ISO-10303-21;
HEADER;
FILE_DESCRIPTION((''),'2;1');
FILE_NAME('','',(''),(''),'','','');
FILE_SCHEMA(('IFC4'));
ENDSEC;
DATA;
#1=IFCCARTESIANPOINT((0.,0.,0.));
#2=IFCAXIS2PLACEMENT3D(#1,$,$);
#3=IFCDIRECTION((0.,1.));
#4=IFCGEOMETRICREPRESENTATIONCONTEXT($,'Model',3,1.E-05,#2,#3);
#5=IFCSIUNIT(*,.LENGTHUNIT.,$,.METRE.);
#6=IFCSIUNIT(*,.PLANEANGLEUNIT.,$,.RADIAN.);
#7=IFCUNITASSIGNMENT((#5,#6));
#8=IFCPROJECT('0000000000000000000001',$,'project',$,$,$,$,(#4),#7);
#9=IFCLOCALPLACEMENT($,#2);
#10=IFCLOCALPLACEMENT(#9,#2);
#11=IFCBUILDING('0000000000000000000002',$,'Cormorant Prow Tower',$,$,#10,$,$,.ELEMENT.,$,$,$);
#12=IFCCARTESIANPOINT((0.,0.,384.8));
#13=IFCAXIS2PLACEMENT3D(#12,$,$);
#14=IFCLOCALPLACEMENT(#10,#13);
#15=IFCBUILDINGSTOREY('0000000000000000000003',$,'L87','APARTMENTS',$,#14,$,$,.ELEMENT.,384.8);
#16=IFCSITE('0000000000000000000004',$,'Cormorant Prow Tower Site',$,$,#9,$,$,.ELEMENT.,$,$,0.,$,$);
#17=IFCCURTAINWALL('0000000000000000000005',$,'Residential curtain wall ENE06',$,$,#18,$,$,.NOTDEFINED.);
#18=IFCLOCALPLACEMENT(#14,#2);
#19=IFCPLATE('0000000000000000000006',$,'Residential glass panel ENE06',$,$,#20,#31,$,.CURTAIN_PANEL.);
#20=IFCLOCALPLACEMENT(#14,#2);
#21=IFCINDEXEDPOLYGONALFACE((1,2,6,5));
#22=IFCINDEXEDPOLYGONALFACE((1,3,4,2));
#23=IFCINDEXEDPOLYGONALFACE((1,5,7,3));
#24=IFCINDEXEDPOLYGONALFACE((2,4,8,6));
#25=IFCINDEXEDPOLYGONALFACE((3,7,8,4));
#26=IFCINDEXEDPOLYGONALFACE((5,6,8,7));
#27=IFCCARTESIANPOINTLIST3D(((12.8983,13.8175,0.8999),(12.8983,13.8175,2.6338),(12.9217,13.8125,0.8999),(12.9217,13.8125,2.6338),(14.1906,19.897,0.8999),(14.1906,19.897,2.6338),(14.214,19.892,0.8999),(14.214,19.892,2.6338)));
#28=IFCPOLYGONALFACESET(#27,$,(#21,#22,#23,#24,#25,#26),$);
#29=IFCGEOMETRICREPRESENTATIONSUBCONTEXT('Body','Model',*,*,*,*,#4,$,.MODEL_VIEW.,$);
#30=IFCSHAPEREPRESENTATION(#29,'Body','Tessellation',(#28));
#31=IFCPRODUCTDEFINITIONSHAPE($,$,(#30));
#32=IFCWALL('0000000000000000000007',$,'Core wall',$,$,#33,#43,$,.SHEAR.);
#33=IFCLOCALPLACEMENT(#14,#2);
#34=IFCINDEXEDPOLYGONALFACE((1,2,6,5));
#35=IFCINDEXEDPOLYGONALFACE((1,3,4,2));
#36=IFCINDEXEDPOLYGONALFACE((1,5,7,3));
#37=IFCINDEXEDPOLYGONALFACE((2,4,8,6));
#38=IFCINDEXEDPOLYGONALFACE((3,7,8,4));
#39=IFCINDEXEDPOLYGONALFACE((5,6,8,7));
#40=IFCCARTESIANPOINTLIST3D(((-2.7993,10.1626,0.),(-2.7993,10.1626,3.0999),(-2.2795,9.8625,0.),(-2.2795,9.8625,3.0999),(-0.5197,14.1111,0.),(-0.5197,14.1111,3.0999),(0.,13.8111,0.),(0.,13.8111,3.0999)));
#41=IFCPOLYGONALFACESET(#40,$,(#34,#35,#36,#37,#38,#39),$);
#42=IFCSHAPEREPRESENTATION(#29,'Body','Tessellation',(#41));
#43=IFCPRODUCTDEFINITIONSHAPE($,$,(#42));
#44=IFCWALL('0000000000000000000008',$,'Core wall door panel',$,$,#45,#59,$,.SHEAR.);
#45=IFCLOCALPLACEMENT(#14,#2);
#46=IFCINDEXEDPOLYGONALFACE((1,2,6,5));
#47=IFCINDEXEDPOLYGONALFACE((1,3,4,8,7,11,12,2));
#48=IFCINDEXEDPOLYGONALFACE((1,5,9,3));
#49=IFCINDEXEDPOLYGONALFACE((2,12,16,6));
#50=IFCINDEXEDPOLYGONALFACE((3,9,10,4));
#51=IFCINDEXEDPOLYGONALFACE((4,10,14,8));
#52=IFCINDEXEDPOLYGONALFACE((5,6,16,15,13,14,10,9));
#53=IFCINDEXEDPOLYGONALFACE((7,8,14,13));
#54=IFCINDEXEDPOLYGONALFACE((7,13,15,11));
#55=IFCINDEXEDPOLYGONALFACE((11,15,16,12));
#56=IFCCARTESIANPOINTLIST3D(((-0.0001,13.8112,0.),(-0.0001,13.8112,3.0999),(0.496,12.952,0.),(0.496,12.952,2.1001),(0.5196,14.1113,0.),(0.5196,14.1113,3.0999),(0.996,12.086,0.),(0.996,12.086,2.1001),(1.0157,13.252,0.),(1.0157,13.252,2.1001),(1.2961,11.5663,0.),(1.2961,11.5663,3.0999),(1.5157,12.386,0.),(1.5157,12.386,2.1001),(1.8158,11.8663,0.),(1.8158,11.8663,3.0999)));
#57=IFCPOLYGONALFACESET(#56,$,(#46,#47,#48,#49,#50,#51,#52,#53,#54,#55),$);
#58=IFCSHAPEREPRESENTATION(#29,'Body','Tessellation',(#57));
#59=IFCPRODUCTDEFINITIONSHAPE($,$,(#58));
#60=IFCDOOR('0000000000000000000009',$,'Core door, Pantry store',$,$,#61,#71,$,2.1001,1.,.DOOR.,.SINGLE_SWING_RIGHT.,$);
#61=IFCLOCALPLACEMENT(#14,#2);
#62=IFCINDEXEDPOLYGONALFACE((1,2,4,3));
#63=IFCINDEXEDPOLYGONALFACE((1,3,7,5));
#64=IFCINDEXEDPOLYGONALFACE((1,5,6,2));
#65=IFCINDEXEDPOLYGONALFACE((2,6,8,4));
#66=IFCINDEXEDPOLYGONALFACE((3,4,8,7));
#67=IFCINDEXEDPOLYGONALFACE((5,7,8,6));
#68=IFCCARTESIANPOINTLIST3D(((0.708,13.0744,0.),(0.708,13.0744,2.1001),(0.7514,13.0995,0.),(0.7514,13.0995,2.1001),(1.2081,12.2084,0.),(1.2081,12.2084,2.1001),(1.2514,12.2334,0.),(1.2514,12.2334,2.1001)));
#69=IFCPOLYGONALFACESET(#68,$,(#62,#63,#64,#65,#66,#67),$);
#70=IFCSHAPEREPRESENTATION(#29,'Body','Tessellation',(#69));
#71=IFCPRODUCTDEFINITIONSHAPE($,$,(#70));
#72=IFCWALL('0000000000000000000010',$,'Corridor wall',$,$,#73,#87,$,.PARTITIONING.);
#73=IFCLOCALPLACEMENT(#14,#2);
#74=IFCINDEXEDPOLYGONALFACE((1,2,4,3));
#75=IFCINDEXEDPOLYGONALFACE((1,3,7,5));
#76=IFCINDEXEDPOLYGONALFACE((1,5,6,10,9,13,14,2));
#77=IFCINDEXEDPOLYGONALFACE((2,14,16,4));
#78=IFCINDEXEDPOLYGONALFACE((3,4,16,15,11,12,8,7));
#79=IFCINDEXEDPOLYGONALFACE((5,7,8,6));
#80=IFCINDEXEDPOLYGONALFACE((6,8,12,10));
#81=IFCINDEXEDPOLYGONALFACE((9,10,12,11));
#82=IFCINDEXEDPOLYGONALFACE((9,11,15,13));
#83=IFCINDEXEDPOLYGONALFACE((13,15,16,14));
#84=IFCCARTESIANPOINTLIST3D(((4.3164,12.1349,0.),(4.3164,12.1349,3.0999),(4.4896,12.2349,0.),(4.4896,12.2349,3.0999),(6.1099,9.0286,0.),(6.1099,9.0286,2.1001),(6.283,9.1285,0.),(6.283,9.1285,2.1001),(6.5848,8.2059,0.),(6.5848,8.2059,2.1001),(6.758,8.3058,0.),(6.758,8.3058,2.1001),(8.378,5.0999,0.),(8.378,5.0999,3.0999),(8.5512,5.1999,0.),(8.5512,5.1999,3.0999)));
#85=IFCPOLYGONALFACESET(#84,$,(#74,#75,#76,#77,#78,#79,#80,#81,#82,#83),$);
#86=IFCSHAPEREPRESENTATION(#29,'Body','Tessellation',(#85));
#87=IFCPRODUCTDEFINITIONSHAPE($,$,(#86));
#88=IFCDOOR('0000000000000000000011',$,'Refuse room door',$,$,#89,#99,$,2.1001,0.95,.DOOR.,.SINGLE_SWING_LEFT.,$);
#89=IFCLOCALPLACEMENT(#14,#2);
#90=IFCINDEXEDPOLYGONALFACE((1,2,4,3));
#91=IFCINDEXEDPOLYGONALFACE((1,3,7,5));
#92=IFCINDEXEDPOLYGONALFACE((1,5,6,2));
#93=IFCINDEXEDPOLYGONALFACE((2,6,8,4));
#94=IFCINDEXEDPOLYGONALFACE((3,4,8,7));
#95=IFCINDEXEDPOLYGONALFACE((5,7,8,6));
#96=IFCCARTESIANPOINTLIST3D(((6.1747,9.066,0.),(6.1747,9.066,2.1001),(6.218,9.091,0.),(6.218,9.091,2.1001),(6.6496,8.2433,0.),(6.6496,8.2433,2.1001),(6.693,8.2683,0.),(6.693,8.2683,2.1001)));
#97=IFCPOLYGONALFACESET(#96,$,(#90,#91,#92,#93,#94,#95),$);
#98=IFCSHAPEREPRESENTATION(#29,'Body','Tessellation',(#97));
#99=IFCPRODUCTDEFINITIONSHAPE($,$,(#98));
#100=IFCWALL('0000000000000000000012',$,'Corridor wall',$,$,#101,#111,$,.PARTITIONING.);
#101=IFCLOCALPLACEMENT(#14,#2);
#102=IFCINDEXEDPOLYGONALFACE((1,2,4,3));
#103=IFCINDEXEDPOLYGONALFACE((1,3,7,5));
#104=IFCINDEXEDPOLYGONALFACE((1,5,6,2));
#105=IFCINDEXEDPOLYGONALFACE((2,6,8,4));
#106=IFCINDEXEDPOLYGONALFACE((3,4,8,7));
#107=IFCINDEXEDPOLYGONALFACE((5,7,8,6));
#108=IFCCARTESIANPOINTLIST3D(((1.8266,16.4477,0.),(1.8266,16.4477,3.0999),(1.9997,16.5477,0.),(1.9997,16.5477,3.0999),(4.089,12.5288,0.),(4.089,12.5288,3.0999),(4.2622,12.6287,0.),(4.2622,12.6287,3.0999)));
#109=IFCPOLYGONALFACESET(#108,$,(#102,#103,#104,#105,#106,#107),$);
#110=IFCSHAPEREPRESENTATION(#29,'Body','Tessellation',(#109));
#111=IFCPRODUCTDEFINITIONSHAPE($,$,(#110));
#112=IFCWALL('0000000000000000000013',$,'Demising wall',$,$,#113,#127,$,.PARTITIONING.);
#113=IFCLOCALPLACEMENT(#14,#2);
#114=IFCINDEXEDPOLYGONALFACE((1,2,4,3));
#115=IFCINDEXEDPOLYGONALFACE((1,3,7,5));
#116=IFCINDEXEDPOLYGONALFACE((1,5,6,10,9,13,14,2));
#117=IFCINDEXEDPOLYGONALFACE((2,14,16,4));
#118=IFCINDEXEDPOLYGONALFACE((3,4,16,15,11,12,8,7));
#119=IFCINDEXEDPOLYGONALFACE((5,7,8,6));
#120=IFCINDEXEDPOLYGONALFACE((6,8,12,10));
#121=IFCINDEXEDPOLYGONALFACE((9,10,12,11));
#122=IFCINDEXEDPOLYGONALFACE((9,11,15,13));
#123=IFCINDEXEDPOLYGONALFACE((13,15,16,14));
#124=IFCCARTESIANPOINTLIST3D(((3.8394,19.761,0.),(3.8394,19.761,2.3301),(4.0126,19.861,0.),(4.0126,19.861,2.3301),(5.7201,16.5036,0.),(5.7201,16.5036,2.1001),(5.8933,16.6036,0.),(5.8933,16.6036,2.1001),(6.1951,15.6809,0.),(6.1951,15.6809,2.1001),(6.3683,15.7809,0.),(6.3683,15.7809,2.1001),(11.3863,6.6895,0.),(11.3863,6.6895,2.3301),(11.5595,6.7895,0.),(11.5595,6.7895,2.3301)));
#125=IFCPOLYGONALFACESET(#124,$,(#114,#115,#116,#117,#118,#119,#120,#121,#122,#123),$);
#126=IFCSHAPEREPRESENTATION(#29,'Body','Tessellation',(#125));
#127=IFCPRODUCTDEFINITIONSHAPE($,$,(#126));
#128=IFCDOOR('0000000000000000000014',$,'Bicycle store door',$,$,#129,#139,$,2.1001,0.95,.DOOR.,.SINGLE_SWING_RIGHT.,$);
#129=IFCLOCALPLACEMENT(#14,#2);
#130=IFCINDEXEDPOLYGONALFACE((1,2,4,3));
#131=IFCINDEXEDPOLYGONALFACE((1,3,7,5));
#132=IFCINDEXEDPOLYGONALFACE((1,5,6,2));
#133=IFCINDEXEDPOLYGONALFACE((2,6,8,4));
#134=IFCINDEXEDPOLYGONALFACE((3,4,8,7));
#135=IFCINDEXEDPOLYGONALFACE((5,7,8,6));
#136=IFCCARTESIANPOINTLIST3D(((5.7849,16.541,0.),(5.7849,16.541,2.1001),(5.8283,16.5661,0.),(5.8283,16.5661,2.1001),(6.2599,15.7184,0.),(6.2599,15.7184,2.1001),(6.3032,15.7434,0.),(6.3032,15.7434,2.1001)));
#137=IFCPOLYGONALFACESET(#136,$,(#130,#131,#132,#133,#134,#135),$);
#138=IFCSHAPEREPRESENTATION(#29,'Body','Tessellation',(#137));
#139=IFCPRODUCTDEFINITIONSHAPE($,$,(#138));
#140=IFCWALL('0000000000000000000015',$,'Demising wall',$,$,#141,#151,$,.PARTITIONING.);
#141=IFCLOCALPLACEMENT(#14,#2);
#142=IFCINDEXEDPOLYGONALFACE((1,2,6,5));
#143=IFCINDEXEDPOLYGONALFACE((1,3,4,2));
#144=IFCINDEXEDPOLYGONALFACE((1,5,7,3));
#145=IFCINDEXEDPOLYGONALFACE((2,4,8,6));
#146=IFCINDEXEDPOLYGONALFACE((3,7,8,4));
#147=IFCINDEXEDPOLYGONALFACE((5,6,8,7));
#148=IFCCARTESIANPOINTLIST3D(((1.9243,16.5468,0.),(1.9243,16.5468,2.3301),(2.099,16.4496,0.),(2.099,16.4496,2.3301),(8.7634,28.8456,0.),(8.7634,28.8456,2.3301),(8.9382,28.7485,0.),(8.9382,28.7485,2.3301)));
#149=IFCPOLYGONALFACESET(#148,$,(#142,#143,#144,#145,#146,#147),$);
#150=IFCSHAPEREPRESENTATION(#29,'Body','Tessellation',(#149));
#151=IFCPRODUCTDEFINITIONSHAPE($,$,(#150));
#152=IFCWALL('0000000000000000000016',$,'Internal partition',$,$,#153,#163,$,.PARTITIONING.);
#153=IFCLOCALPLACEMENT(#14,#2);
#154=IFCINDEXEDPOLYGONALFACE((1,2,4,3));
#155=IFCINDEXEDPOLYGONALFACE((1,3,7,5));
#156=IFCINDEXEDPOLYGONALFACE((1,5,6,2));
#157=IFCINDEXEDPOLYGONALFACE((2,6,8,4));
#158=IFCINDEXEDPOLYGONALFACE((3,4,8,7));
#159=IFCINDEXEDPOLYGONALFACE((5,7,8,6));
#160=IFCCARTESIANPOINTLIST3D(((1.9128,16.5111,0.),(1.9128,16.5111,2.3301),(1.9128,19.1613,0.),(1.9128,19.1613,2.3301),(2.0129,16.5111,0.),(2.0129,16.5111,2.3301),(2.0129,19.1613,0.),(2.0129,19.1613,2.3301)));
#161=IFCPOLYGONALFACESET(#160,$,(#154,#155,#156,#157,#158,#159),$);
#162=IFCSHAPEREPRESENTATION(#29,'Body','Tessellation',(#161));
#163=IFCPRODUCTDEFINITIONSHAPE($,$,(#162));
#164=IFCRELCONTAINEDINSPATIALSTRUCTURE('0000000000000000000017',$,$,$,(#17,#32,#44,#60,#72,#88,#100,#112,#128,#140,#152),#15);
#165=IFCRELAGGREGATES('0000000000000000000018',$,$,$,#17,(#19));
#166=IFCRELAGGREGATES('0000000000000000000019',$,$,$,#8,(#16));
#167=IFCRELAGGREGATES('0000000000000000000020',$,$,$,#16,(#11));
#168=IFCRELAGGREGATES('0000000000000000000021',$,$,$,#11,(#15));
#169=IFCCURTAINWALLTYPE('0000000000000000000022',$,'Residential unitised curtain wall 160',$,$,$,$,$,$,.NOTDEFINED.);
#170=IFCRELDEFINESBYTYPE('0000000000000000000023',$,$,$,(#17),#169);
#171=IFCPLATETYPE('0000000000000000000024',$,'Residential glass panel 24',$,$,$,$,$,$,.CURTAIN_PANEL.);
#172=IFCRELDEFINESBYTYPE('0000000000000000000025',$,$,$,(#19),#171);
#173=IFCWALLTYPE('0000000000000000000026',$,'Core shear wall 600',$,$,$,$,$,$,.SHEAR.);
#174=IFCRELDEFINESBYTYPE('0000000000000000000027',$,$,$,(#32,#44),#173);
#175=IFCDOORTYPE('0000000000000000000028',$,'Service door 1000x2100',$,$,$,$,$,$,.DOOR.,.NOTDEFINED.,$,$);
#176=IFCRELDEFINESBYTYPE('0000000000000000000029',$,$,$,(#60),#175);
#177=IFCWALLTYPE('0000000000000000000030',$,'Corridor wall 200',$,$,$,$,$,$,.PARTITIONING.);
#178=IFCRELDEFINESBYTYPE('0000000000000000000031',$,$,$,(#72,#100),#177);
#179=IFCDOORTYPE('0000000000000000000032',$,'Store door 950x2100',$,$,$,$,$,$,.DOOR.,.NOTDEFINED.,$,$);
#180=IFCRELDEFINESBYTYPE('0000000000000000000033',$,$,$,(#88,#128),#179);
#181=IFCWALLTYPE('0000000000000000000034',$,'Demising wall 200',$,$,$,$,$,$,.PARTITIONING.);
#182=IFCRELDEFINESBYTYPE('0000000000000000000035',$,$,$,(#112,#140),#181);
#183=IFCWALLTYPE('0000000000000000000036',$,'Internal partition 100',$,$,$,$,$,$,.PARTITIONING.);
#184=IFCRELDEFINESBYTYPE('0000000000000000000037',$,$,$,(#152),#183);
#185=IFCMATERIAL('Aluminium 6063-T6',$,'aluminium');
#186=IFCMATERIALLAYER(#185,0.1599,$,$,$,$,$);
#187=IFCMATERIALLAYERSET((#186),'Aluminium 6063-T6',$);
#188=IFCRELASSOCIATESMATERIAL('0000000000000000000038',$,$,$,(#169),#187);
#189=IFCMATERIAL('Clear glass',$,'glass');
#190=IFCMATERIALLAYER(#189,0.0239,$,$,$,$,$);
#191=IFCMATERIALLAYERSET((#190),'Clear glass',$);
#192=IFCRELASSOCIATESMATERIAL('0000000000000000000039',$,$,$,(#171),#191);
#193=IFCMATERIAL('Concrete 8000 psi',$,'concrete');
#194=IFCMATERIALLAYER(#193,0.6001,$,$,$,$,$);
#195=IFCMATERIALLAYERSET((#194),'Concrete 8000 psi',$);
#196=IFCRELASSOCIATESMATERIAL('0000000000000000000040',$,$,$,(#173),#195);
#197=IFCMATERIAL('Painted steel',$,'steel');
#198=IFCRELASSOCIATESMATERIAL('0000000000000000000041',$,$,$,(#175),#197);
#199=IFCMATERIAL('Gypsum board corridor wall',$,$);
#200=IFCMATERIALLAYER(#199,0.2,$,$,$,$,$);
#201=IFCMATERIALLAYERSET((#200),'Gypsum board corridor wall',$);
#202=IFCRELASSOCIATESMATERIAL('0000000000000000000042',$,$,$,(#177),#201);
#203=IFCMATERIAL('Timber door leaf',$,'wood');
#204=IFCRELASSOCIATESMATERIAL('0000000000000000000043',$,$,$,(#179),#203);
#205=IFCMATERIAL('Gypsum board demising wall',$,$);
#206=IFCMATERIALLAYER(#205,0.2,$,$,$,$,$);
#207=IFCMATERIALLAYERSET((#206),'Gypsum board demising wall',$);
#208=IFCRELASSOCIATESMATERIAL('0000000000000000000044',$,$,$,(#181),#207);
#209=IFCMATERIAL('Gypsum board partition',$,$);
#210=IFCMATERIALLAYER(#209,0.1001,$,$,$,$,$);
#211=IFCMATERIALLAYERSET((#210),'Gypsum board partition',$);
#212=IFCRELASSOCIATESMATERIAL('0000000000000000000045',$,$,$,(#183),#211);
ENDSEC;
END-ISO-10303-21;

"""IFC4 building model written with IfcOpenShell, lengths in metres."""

from ifc_helpers import new_model, si_unit, direction, frame, frame_2d, origin, origin_2d, place, context, subcontext, project, spatial, rectangle, extrude, material, layer, layer_set, type_object, element, fill, aggregate, save


model = new_model("IFC4")

# Units and contexts
model_context = context("Model", 3, precision=1e-05, world=origin(), true_north=direction((0.0, 1.0)))
body_context = subcontext(model_context, "Body", "Model", "MODEL_VIEW")
ifc_project = project(units=[si_unit("LENGTHUNIT", "METRE"), si_unit("PLANEANGLEUNIT", "RADIAN")], contexts=[model_context])

# Site, building, storey
site_placement = place(None, origin())
site = spatial("IfcSite", under=ifc_project, at=site_placement, Name="Cormorant Prow Tower Site", CompositionType="ELEMENT", RefElevation=0.0)
building_placement = place(site_placement, origin())
building = spatial("IfcBuilding", under=site, at=building_placement, Name="Cormorant Prow Tower", CompositionType="ELEMENT")
storey_placement = place(building_placement, frame((0.0, 0.0, 384.8)))
storey = spatial("IfcBuildingStorey", under=building, at=storey_placement, Name="L87", Description="APARTMENTS", CompositionType="ELEMENT", Elevation=384.8)

# Curtain wall
ifc_material_1 = material(Name="Aluminium 6063-T6", Category="aluminium")
ifc_layer_1 = layer(ifc_material_1, 0.1599)
ifc_layer_set_1 = layer_set([ifc_layer_1], Name="Aluminium 6063-T6")
curtain_wall_type = type_object("IfcCurtainWallType", Name="Residential unitised curtain wall 160", PredefinedType="NOTDEFINED", material=ifc_layer_set_1)
curtain_wall_placement = place(storey_placement, origin())
curtain_wall = element("IfcCurtainWall", 1, at=curtain_wall_placement, inside=storey, type_object=curtain_wall_type, Name="Residential curtain wall ENE06", PredefinedType="NOTDEFINED")

# Plate
ifc_material_2 = material(Name="Clear glass", Category="glass")
ifc_layer_2 = layer(ifc_material_2, 0.0239)
ifc_layer_set_2 = layer_set([ifc_layer_2], Name="Clear glass")
plate_type = type_object("IfcPlateType", Name="Residential glass panel 24", PredefinedType="CURTAIN_PANEL", material=ifc_layer_set_2)
plate_placement = place(storey_placement, frame((13.5562, 16.8547, 0.8999), z_axis=(0.0, 0.0, 1.0), x_axis=(0.207912, 0.978148, 0.0)))
plate = element("IfcPlate", 2, at=plate_placement, type_object=plate_type, Name="Residential glass panel ENE06", PredefinedType="CURTAIN_PANEL", context=body_context, shape_type="SweptSolid", body=[
    extrude(rectangle(XDim=6.2153, YDim=0.0239, at=origin_2d()), origin(), (0.0, 0.0, 1.0), 1.7339),
])
aggregate(curtain_wall, [plate])

# Wall
ifc_material_3 = material(Name="Concrete 8000 psi", Category="concrete")
ifc_layer_3 = layer(ifc_material_3, 0.6001)
ifc_layer_set_3 = layer_set([ifc_layer_3], Name="Concrete 8000 psi")
wall_type_1 = type_object("IfcWallType", Name="Core shear wall 600", PredefinedType="SHEAR", material=ifc_layer_set_3)
wall_1_placement = place(storey_placement, frame((-0.2598, 13.9612, 0.0), z_axis=(0.0, 0.0, 1.0), x_axis=(-0.49998, -0.866037, 0.0)))
element("IfcWall", 3, at=wall_1_placement, inside=storey, type_object=wall_type_1, Name="Core wall", PredefinedType="SHEAR", context=body_context, shape_type="SweptSolid", body=[
    extrude(rectangle(XDim=4.5593, YDim=0.6001, at=frame_2d((2.2798, 0.0))), origin(), (0.0, 0.0, 1.0), 3.0999),
])

# Walls, openings, doors
wall_2_placement = place(storey_placement, frame((1.5559, 11.7163, 0.0), z_axis=(0.0, 0.0, 1.0), x_axis=(-0.500019, 0.866015, 0.0)))
wall_2 = element("IfcWall", 4, at=wall_2_placement, inside=storey, type_object=wall_type_1, Name="Core wall door panel", PredefinedType="SHEAR", context=body_context, shape_type="SweptSolid", body=[
    extrude(rectangle(XDim=2.5923, YDim=0.6001, at=frame_2d((1.2961, 0.0))), origin(), (0.0, 0.0, 1.0), 3.0999),
])
opening_1_placement = place(wall_2_placement, frame((0.6001, 0.0, 0.0)))
opening_1 = element("IfcOpeningElement", 5, at=opening_1_placement, cuts=wall_2, PredefinedType="OPENING", context=body_context, shape_type="SweptSolid", body=[
    extrude(rectangle(XDim=1.0, YDim=2.1001, at=frame_2d((0.5, 1.05))), frame((0.0, 0.3101, 0.0), z_axis=(0.0, -1.0, 0.0), x_axis=(1.0, 0.0, 0.0)), (0.0, 0.0, 1.0), 0.6201),
])
ifc_material_4 = material(Name="Painted steel", Category="steel")
door_type_1 = type_object("IfcDoorType", Name="Service door 1000x2100", OperationType="NOTDEFINED", PredefinedType="DOOR", material=ifc_material_4)
door_1_placement = place(opening_1_placement, origin())
door_1 = element("IfcDoor", 6, at=door_1_placement, inside=storey, type_object=door_type_1, Name="Core door, Pantry store", OperationType="SINGLE_SWING_RIGHT", OverallHeight=2.1001, OverallWidth=1.0, PredefinedType="DOOR", context=body_context, shape_type="SweptSolid", body=[
    extrude(rectangle(XDim=1.0, YDim=2.1001, at=frame_2d((0.5, 1.05))), frame((0.0, 0.0552, 0.0), z_axis=(0.0, -1.0, 0.0), x_axis=(1.0, 0.0, 0.0)), (0.0, 0.0, 1.0), 0.05),
])
fill(opening_1, door_1)
ifc_material_5 = material(Name="Gypsum board corridor wall")
ifc_layer_4 = layer(ifc_material_5, 0.2)
ifc_layer_set_4 = layer_set([ifc_layer_4], Name="Gypsum board corridor wall")
wall_type_2 = type_object("IfcWallType", Name="Corridor wall 200", PredefinedType="PARTITIONING", material=ifc_layer_set_4)
wall_3_placement = place(storey_placement, frame((4.4031, 12.1848, 0.0), z_axis=(0.0, 0.0, 1.0), x_axis=(0.499992, -0.86603, 0.0)))
wall_3 = element("IfcWall", 7, at=wall_3_placement, inside=storey, type_object=wall_type_2, Name="Corridor wall", PredefinedType="PARTITIONING", context=body_context, shape_type="SweptSolid", body=[
    extrude(rectangle(XDim=8.1233, YDim=0.2, at=frame_2d((4.0615, 0.0))), origin(), (0.0, 0.0, 1.0), 3.0999),
])
opening_2_placement = place(wall_3_placement, frame((3.5867, 0.0, 0.0)))
opening_2 = element("IfcOpeningElement", 8, at=opening_2_placement, cuts=wall_3, PredefinedType="OPENING", context=body_context, shape_type="SweptSolid", body=[
    extrude(rectangle(XDim=0.95, YDim=2.1001, at=frame_2d((0.4751, 1.05))), frame((0.0, 0.1099, 0.0), z_axis=(0.0, -1.0, 0.0), x_axis=(1.0, 0.0, 0.0)), (0.0, 0.0, 1.0), 0.22),
])
ifc_material_6 = material(Name="Timber door leaf", Category="wood")
door_type_2 = type_object("IfcDoorType", Name="Store door 950x2100", OperationType="NOTDEFINED", PredefinedType="DOOR", material=ifc_material_6)
door_2_placement = place(opening_2_placement, origin())
door_2 = element("IfcDoor", 9, at=door_2_placement, inside=storey, type_object=door_type_2, Name="Refuse room door", OperationType="SINGLE_SWING_LEFT", OverallHeight=2.1001, OverallWidth=0.95, PredefinedType="DOOR", context=body_context, shape_type="SweptSolid", body=[
    extrude(rectangle(XDim=0.95, YDim=2.1001, at=frame_2d((0.4751, 1.05))), frame((0.0, 0.0249, 0.0), z_axis=(0.0, -1.0, 0.0), x_axis=(1.0, 0.0, 0.0)), (0.0, 0.0, 1.0), 0.05),
])
fill(opening_2, door_2)

# Wall
wall_4_placement = place(storey_placement, frame((1.9131, 16.4978, 0.0), z_axis=(0.0, 0.0, 1.0), x_axis=(0.499975, -0.86604, 0.0)))
element("IfcWall", 10, at=wall_4_placement, inside=storey, type_object=wall_type_2, Name="Corridor wall", PredefinedType="PARTITIONING", context=body_context, shape_type="SweptSolid", body=[
    extrude(rectangle(XDim=4.5251, YDim=0.2, at=frame_2d((2.2627, 0.0))), origin(), (0.0, 0.0, 1.0), 3.0999),
])

# Wall, opening, door
ifc_material_7 = material(Name="Gypsum board demising wall")
ifc_layer_5 = layer(ifc_material_7, 0.2)
ifc_layer_set_5 = layer_set([ifc_layer_5], Name="Gypsum board demising wall")
wall_type_3 = type_object("IfcWallType", Name="Demising wall 200", PredefinedType="PARTITIONING", material=ifc_layer_set_5)
wall_5_placement = place(storey_placement, frame((3.926, 19.811, 0.0), z_axis=(0.0, 0.0, 1.0), x_axis=(0.500001, -0.866025, 0.0)))
wall_5 = element("IfcWall", 11, at=wall_5_placement, inside=storey, type_object=wall_type_3, Name="Demising wall", PredefinedType="PARTITIONING", context=body_context, shape_type="SweptSolid", body=[
    extrude(rectangle(XDim=15.0938, YDim=0.2, at=frame_2d((7.5469, 0.0))), origin(), (0.0, 0.0, 1.0), 2.3301),
])
opening_3_placement = place(wall_5_placement, frame((3.7612, 0.0, 0.0)))
opening_3 = element("IfcOpeningElement", 12, at=opening_3_placement, cuts=wall_5, PredefinedType="OPENING", context=body_context, shape_type="SweptSolid", body=[
    extrude(rectangle(XDim=0.95, YDim=2.1001, at=frame_2d((0.4751, 1.05))), frame((0.0, 0.1099, 0.0), z_axis=(0.0, -1.0, 0.0), x_axis=(1.0, 0.0, 0.0)), (0.0, 0.0, 1.0), 0.22),
])
door_3_placement = place(opening_3_placement, origin())
door_3 = element("IfcDoor", 13, at=door_3_placement, inside=storey, type_object=door_type_2, Name="Bicycle store door", OperationType="SINGLE_SWING_RIGHT", OverallHeight=2.1001, OverallWidth=0.95, PredefinedType="DOOR", context=body_context, shape_type="SweptSolid", body=[
    extrude(rectangle(XDim=0.95, YDim=2.1001, at=frame_2d((0.4751, 1.05))), frame((0.0, 0.0249, 0.0), z_axis=(0.0, -1.0, 0.0), x_axis=(1.0, 0.0, 0.0)), (0.0, 0.0, 1.0), 0.05),
])
fill(opening_3, door_3)

# Walls
wall_6_placement = place(storey_placement, frame((2.0117, 16.4983, 0.0), z_axis=(0.0, 0.0, 1.0), x_axis=(0.485992, 0.873963, 0.0)))
element("IfcWall", 14, at=wall_6_placement, inside=storey, type_object=wall_type_3, Name="Demising wall", PredefinedType="PARTITIONING", context=body_context, shape_type="SweptSolid", body=[
    extrude(rectangle(XDim=14.0725, YDim=0.2, at=frame_2d((7.0361, 0.0))), origin(), (0.0, 0.0, 1.0), 2.3301),
])
ifc_material_8 = material(Name="Gypsum board partition")
ifc_layer_6 = layer(ifc_material_8, 0.1001)
ifc_layer_set_6 = layer_set([ifc_layer_6], Name="Gypsum board partition")
wall_type_4 = type_object("IfcWallType", Name="Internal partition 100", PredefinedType="PARTITIONING", material=ifc_layer_set_6)
wall_7_placement = place(storey_placement, frame((1.9629, 16.511, 0.0), z_axis=(0.0, 0.0, 1.0), x_axis=(0.0, 1.0, 0.0)))
element("IfcWall", 15, at=wall_7_placement, inside=storey, type_object=wall_type_4, Name="Internal partition", PredefinedType="PARTITIONING", context=body_context, shape_type="SweptSolid", body=[
    extrude(rectangle(XDim=2.6501, YDim=0.1001, at=frame_2d((1.3252, 0.0))), origin(), (0.0, 0.0, 1.0), 2.3301),
])

save(model, "model.ifc")
